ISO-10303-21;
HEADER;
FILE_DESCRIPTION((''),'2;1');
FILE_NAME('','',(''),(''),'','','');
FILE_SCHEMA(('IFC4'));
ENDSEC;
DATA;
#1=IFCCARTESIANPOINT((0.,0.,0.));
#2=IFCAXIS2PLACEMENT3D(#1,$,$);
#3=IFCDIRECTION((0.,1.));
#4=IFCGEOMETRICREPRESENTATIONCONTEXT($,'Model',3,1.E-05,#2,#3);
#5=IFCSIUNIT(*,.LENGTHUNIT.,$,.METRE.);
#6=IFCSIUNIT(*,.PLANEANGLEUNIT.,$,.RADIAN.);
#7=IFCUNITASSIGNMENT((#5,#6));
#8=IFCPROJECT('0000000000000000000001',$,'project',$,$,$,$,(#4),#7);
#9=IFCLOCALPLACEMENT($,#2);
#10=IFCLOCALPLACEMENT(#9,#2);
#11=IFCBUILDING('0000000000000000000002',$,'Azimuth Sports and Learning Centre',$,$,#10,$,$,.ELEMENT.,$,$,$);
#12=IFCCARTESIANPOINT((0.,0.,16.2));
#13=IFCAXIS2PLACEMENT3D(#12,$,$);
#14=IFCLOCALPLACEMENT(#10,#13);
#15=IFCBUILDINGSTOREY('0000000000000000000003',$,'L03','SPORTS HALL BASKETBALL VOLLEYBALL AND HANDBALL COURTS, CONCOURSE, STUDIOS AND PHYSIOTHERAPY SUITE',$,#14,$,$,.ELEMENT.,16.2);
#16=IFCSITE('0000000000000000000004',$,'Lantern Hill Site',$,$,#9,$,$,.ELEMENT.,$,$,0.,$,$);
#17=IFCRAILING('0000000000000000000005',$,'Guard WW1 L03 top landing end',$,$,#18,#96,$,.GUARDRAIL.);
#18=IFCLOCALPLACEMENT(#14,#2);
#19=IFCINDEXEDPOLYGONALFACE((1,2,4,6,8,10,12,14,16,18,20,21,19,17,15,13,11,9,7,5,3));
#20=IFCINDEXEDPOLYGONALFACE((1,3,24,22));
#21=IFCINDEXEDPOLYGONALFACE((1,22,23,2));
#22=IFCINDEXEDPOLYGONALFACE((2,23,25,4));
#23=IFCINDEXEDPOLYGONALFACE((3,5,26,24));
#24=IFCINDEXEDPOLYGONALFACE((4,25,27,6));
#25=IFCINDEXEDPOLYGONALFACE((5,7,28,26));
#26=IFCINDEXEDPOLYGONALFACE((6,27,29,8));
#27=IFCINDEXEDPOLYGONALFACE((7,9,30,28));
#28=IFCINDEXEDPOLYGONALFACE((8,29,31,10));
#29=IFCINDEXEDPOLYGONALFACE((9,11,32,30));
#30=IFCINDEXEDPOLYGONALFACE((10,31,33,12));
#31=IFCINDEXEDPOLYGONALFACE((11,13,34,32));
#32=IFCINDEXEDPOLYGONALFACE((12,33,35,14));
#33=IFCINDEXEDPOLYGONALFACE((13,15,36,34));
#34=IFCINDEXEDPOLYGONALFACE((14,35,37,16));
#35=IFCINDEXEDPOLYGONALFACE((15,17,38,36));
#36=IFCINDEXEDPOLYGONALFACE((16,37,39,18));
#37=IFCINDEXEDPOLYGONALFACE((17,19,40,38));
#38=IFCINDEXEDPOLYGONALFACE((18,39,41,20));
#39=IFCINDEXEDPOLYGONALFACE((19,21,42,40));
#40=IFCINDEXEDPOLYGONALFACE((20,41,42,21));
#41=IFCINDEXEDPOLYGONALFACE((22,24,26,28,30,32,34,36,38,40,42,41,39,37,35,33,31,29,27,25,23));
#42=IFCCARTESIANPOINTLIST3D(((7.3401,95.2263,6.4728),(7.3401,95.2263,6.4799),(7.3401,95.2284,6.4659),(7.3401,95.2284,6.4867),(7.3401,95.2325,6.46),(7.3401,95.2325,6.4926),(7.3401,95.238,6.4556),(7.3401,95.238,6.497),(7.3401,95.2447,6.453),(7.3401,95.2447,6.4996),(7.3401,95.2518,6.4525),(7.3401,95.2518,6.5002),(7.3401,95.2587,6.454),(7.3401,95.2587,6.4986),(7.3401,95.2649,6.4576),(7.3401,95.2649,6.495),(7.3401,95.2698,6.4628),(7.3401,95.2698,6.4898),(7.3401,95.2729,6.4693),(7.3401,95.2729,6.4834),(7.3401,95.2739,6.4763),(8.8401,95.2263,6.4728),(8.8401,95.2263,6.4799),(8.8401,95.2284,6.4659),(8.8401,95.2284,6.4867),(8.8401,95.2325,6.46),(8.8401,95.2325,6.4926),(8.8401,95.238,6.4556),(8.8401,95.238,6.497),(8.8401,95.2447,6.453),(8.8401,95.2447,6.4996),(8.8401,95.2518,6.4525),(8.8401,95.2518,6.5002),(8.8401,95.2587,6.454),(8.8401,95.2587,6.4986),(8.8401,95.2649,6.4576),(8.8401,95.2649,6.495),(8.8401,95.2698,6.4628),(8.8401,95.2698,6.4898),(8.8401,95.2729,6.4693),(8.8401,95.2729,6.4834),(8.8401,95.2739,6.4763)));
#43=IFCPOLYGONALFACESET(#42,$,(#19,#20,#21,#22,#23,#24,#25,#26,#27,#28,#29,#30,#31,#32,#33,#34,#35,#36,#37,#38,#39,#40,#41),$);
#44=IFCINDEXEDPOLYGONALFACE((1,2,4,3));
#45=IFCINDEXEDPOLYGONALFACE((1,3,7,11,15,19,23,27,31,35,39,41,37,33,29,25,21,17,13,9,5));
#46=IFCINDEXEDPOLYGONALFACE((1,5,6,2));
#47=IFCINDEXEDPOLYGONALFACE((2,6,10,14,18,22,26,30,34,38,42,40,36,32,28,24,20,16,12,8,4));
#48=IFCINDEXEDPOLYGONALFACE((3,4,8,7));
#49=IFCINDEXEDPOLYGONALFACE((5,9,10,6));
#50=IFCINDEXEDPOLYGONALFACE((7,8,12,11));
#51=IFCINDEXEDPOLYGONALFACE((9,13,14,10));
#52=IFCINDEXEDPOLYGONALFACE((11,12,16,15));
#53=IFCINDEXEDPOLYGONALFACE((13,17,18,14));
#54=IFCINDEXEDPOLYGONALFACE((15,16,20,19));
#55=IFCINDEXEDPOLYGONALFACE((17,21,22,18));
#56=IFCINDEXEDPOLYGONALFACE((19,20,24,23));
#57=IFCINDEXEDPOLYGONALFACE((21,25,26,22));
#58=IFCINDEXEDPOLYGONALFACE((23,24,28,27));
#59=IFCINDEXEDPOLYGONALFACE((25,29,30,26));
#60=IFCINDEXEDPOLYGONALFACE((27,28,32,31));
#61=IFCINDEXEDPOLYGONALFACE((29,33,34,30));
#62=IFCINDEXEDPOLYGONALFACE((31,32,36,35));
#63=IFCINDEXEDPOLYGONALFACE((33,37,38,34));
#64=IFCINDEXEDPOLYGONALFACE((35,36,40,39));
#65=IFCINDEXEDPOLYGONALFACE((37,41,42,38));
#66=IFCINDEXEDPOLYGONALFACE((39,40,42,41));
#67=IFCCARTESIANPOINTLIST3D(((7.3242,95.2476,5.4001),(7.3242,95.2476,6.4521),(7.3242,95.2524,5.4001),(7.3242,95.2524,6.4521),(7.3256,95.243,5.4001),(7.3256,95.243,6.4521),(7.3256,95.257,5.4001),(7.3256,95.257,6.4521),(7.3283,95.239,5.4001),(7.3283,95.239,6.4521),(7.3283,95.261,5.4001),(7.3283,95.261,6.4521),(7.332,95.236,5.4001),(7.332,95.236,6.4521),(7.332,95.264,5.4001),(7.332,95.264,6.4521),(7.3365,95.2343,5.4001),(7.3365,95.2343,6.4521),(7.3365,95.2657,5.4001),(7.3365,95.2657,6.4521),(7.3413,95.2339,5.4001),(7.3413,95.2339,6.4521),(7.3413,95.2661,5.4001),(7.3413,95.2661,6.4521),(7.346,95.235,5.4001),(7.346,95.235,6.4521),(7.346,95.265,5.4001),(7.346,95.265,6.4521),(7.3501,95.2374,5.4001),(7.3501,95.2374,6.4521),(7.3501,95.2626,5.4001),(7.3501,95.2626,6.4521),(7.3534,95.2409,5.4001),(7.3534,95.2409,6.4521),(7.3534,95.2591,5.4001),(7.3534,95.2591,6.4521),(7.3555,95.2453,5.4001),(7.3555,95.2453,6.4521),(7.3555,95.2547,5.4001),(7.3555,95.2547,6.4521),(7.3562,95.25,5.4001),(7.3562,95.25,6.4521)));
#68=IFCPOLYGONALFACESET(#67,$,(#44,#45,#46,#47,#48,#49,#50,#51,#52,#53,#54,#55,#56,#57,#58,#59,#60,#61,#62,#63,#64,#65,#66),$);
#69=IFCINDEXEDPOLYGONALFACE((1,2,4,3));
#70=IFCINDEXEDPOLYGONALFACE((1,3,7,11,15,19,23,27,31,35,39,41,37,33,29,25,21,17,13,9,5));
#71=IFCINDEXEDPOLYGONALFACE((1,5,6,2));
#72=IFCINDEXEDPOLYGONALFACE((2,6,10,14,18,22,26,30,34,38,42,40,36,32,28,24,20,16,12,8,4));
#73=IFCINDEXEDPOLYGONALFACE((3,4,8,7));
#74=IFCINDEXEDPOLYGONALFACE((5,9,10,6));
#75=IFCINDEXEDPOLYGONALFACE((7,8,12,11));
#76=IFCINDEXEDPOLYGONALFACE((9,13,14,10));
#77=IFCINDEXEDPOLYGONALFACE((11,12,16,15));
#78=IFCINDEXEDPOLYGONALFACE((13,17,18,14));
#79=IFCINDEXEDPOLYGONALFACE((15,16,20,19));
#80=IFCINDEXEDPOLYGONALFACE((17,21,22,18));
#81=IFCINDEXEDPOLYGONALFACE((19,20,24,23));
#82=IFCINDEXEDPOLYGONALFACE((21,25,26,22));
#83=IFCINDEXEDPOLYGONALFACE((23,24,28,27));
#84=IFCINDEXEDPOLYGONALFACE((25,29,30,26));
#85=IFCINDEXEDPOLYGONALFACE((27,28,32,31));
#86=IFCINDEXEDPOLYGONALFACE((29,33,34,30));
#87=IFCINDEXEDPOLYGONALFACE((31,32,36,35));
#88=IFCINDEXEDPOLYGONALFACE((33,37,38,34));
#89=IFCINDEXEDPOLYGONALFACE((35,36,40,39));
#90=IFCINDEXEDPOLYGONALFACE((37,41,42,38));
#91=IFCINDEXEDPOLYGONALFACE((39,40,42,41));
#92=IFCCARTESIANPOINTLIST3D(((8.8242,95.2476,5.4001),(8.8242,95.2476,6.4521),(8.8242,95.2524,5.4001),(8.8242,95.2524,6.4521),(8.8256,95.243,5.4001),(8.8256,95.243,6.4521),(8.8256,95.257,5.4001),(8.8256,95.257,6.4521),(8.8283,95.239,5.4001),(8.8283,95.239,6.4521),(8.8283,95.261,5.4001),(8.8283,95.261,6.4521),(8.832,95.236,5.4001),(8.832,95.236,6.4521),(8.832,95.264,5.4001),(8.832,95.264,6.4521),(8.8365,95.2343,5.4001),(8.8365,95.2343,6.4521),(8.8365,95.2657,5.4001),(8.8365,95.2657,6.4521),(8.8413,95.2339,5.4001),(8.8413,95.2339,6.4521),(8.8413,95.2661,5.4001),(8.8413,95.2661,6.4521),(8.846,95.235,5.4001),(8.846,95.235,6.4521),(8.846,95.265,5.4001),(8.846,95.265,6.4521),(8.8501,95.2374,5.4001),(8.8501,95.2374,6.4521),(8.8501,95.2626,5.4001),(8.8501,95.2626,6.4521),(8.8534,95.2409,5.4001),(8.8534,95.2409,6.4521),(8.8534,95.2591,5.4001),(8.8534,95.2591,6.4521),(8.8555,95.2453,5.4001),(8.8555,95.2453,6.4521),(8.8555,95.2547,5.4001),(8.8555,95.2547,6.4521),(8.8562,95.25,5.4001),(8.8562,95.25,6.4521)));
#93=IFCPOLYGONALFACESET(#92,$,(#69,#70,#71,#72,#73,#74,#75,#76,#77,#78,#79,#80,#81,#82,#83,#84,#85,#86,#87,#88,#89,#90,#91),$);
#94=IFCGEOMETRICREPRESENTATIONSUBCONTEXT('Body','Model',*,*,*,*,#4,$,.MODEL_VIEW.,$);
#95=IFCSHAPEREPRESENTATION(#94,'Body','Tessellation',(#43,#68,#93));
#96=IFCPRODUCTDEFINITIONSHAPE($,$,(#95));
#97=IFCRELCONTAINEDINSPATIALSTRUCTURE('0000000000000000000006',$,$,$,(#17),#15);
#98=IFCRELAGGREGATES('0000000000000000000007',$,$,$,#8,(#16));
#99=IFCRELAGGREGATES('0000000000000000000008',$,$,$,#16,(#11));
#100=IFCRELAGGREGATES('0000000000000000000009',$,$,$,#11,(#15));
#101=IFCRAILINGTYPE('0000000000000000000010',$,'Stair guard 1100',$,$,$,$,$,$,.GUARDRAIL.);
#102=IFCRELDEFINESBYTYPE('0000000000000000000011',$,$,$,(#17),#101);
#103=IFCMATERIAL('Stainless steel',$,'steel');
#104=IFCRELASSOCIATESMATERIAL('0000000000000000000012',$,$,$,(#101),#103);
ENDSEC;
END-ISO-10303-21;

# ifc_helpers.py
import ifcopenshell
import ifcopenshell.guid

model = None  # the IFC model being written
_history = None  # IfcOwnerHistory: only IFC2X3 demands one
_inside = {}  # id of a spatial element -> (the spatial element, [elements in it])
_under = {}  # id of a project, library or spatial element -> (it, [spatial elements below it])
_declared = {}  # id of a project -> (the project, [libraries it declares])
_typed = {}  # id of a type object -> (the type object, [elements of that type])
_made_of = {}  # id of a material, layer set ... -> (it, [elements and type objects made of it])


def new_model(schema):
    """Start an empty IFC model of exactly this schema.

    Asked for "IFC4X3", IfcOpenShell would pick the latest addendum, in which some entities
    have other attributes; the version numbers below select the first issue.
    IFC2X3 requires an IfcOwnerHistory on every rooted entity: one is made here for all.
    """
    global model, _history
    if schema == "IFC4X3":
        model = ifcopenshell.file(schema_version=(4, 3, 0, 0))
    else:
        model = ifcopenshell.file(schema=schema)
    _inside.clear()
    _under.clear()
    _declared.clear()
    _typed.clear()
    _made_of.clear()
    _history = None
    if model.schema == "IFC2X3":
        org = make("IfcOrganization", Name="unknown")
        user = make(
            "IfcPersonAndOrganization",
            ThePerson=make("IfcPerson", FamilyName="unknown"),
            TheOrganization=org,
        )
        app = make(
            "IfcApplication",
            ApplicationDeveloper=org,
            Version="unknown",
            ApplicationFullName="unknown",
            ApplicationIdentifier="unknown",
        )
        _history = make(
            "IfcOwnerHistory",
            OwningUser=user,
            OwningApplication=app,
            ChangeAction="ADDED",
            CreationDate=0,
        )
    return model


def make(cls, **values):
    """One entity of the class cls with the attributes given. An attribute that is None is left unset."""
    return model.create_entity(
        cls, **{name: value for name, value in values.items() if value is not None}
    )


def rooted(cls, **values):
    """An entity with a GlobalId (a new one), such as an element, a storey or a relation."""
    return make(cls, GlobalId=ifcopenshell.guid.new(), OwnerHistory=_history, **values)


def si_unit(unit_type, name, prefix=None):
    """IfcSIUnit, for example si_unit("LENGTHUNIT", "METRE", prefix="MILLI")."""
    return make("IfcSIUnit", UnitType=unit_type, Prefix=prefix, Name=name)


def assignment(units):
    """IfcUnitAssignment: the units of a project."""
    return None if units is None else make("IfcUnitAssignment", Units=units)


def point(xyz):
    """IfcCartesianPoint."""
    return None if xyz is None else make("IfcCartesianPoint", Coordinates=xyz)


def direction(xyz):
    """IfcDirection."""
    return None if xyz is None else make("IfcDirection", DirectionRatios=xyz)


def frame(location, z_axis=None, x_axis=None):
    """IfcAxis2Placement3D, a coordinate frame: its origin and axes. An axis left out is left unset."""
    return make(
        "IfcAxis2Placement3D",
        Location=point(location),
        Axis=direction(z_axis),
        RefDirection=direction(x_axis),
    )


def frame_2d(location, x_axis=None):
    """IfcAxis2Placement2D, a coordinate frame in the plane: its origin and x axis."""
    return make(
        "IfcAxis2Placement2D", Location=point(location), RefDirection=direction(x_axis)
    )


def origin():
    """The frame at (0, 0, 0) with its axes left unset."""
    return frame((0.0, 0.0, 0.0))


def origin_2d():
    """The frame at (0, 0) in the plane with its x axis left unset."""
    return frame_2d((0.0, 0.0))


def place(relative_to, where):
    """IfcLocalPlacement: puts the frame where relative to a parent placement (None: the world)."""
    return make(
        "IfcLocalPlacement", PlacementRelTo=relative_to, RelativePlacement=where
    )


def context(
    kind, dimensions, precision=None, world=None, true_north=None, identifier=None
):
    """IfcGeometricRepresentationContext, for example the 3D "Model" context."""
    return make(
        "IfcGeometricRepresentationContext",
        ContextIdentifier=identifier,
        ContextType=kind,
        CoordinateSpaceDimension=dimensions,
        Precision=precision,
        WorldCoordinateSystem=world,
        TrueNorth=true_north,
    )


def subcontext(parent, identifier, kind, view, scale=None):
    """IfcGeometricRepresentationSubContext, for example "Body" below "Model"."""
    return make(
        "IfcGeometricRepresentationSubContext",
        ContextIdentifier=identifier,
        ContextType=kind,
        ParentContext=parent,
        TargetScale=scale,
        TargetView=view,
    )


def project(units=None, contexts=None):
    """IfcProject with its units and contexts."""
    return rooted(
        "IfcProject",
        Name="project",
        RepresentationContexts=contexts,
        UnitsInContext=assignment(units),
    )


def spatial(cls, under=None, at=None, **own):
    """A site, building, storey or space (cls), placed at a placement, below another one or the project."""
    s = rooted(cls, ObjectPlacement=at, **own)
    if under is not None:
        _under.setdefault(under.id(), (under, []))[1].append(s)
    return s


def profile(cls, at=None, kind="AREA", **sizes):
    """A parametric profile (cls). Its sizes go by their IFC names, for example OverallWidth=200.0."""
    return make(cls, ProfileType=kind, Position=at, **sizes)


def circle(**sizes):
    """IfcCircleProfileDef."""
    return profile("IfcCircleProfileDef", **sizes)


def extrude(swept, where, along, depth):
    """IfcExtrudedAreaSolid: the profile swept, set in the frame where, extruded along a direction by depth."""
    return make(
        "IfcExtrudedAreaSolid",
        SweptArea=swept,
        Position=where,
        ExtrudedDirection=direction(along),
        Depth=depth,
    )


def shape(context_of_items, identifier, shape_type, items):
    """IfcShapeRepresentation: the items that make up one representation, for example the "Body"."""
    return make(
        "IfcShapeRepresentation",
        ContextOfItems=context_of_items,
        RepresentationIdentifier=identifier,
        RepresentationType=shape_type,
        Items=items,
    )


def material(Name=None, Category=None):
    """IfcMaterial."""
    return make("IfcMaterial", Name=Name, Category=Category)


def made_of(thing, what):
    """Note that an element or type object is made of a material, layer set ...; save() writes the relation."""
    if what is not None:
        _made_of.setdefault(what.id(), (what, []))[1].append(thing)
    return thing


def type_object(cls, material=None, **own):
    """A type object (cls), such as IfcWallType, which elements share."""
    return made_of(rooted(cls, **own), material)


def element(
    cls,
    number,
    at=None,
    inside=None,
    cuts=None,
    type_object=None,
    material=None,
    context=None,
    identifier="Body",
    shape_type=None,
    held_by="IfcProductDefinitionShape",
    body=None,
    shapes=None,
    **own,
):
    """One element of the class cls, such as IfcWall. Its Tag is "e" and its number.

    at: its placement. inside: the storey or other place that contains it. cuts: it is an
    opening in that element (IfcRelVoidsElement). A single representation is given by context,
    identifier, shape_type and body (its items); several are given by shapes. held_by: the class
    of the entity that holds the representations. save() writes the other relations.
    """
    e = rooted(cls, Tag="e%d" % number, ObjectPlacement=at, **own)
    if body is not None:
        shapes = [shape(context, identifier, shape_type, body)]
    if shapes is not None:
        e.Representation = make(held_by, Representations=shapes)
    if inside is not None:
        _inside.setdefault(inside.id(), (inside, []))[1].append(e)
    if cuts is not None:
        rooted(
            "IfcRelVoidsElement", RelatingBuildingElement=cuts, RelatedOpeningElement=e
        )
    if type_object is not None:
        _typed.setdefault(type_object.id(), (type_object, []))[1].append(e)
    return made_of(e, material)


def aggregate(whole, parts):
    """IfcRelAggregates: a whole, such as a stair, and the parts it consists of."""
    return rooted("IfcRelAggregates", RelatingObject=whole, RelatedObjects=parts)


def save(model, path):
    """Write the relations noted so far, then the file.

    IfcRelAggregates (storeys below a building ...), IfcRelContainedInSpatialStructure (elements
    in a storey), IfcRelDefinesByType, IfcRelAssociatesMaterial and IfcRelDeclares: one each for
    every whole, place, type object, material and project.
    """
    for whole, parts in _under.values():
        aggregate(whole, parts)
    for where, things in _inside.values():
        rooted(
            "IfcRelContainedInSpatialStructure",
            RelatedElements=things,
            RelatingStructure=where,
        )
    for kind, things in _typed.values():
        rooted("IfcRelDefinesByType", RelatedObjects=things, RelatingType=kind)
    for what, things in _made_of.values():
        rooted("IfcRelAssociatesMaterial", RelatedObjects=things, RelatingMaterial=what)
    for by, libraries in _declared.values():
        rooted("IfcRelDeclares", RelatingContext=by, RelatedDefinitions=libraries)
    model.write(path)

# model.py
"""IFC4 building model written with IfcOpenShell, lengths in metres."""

from ifc_helpers import new_model, si_unit, direction, frame, origin, origin_2d, place, context, subcontext, project, spatial, circle, extrude, material, type_object, element, save


model = new_model("IFC4")

# Units and contexts
model_context = context("Model", 3, precision=1e-05, world=origin(), true_north=direction((0.0, 1.0)))
body_context = subcontext(model_context, "Body", "Model", "MODEL_VIEW")
ifc_project = project(units=[si_unit("LENGTHUNIT", "METRE"), si_unit("PLANEANGLEUNIT", "RADIAN")], contexts=[model_context])

# Site, building, storey
site_placement = place(None, origin())
site = spatial("IfcSite", under=ifc_project, at=site_placement, Name="Lantern Hill Site", CompositionType="ELEMENT", RefElevation=0.0)
building_placement = place(site_placement, origin())
building = spatial("IfcBuilding", under=site, at=building_placement, Name="Azimuth Sports and Learning Centre", CompositionType="ELEMENT")
storey_placement = place(building_placement, frame((0.0, 0.0, 16.2)))
storey = spatial("IfcBuildingStorey", under=building, at=storey_placement, Name="L03", Description="SPORTS HALL BASKETBALL VOLLEYBALL AND HANDBALL COURTS, CONCOURSE, STUDIOS AND PHYSIOTHERAPY SUITE", CompositionType="ELEMENT", Elevation=16.2)

# Railing
ifc_material_1 = material(Name="Stainless steel", Category="steel")
railing_type_1 = type_object("IfcRailingType", Name="Stair guard 1100", PredefinedType="GUARDRAIL", material=ifc_material_1)
railing_1_placement = place(storey_placement, frame((7.3401, 95.25, 5.4001)))
element("IfcRailing", 1, at=railing_1_placement, inside=storey, type_object=railing_type_1, Name="Guard WW1 L03 top landing end", PredefinedType="GUARDRAIL", context=body_context, shape_type="SweptSolid", body=[
    extrude(circle(Radius=0.0239, at=origin_2d()), frame((0.0, 0.0, 1.0762), z_axis=(1.0, 0.0, 0.0), x_axis=(0.0, 1.0, 0.0)), (0.0, 0.0, 1.0), 1.5),
    extrude(circle(Radius=0.0161, at=origin_2d()), origin(), (0.0, 0.0, 1.0), 1.052),
    extrude(circle(Radius=0.0161, at=origin_2d()), frame((1.5, 0.0, 0.0)), (0.0, 0.0, 1.0), 1.052),
])

save(model, "model.ifc")
